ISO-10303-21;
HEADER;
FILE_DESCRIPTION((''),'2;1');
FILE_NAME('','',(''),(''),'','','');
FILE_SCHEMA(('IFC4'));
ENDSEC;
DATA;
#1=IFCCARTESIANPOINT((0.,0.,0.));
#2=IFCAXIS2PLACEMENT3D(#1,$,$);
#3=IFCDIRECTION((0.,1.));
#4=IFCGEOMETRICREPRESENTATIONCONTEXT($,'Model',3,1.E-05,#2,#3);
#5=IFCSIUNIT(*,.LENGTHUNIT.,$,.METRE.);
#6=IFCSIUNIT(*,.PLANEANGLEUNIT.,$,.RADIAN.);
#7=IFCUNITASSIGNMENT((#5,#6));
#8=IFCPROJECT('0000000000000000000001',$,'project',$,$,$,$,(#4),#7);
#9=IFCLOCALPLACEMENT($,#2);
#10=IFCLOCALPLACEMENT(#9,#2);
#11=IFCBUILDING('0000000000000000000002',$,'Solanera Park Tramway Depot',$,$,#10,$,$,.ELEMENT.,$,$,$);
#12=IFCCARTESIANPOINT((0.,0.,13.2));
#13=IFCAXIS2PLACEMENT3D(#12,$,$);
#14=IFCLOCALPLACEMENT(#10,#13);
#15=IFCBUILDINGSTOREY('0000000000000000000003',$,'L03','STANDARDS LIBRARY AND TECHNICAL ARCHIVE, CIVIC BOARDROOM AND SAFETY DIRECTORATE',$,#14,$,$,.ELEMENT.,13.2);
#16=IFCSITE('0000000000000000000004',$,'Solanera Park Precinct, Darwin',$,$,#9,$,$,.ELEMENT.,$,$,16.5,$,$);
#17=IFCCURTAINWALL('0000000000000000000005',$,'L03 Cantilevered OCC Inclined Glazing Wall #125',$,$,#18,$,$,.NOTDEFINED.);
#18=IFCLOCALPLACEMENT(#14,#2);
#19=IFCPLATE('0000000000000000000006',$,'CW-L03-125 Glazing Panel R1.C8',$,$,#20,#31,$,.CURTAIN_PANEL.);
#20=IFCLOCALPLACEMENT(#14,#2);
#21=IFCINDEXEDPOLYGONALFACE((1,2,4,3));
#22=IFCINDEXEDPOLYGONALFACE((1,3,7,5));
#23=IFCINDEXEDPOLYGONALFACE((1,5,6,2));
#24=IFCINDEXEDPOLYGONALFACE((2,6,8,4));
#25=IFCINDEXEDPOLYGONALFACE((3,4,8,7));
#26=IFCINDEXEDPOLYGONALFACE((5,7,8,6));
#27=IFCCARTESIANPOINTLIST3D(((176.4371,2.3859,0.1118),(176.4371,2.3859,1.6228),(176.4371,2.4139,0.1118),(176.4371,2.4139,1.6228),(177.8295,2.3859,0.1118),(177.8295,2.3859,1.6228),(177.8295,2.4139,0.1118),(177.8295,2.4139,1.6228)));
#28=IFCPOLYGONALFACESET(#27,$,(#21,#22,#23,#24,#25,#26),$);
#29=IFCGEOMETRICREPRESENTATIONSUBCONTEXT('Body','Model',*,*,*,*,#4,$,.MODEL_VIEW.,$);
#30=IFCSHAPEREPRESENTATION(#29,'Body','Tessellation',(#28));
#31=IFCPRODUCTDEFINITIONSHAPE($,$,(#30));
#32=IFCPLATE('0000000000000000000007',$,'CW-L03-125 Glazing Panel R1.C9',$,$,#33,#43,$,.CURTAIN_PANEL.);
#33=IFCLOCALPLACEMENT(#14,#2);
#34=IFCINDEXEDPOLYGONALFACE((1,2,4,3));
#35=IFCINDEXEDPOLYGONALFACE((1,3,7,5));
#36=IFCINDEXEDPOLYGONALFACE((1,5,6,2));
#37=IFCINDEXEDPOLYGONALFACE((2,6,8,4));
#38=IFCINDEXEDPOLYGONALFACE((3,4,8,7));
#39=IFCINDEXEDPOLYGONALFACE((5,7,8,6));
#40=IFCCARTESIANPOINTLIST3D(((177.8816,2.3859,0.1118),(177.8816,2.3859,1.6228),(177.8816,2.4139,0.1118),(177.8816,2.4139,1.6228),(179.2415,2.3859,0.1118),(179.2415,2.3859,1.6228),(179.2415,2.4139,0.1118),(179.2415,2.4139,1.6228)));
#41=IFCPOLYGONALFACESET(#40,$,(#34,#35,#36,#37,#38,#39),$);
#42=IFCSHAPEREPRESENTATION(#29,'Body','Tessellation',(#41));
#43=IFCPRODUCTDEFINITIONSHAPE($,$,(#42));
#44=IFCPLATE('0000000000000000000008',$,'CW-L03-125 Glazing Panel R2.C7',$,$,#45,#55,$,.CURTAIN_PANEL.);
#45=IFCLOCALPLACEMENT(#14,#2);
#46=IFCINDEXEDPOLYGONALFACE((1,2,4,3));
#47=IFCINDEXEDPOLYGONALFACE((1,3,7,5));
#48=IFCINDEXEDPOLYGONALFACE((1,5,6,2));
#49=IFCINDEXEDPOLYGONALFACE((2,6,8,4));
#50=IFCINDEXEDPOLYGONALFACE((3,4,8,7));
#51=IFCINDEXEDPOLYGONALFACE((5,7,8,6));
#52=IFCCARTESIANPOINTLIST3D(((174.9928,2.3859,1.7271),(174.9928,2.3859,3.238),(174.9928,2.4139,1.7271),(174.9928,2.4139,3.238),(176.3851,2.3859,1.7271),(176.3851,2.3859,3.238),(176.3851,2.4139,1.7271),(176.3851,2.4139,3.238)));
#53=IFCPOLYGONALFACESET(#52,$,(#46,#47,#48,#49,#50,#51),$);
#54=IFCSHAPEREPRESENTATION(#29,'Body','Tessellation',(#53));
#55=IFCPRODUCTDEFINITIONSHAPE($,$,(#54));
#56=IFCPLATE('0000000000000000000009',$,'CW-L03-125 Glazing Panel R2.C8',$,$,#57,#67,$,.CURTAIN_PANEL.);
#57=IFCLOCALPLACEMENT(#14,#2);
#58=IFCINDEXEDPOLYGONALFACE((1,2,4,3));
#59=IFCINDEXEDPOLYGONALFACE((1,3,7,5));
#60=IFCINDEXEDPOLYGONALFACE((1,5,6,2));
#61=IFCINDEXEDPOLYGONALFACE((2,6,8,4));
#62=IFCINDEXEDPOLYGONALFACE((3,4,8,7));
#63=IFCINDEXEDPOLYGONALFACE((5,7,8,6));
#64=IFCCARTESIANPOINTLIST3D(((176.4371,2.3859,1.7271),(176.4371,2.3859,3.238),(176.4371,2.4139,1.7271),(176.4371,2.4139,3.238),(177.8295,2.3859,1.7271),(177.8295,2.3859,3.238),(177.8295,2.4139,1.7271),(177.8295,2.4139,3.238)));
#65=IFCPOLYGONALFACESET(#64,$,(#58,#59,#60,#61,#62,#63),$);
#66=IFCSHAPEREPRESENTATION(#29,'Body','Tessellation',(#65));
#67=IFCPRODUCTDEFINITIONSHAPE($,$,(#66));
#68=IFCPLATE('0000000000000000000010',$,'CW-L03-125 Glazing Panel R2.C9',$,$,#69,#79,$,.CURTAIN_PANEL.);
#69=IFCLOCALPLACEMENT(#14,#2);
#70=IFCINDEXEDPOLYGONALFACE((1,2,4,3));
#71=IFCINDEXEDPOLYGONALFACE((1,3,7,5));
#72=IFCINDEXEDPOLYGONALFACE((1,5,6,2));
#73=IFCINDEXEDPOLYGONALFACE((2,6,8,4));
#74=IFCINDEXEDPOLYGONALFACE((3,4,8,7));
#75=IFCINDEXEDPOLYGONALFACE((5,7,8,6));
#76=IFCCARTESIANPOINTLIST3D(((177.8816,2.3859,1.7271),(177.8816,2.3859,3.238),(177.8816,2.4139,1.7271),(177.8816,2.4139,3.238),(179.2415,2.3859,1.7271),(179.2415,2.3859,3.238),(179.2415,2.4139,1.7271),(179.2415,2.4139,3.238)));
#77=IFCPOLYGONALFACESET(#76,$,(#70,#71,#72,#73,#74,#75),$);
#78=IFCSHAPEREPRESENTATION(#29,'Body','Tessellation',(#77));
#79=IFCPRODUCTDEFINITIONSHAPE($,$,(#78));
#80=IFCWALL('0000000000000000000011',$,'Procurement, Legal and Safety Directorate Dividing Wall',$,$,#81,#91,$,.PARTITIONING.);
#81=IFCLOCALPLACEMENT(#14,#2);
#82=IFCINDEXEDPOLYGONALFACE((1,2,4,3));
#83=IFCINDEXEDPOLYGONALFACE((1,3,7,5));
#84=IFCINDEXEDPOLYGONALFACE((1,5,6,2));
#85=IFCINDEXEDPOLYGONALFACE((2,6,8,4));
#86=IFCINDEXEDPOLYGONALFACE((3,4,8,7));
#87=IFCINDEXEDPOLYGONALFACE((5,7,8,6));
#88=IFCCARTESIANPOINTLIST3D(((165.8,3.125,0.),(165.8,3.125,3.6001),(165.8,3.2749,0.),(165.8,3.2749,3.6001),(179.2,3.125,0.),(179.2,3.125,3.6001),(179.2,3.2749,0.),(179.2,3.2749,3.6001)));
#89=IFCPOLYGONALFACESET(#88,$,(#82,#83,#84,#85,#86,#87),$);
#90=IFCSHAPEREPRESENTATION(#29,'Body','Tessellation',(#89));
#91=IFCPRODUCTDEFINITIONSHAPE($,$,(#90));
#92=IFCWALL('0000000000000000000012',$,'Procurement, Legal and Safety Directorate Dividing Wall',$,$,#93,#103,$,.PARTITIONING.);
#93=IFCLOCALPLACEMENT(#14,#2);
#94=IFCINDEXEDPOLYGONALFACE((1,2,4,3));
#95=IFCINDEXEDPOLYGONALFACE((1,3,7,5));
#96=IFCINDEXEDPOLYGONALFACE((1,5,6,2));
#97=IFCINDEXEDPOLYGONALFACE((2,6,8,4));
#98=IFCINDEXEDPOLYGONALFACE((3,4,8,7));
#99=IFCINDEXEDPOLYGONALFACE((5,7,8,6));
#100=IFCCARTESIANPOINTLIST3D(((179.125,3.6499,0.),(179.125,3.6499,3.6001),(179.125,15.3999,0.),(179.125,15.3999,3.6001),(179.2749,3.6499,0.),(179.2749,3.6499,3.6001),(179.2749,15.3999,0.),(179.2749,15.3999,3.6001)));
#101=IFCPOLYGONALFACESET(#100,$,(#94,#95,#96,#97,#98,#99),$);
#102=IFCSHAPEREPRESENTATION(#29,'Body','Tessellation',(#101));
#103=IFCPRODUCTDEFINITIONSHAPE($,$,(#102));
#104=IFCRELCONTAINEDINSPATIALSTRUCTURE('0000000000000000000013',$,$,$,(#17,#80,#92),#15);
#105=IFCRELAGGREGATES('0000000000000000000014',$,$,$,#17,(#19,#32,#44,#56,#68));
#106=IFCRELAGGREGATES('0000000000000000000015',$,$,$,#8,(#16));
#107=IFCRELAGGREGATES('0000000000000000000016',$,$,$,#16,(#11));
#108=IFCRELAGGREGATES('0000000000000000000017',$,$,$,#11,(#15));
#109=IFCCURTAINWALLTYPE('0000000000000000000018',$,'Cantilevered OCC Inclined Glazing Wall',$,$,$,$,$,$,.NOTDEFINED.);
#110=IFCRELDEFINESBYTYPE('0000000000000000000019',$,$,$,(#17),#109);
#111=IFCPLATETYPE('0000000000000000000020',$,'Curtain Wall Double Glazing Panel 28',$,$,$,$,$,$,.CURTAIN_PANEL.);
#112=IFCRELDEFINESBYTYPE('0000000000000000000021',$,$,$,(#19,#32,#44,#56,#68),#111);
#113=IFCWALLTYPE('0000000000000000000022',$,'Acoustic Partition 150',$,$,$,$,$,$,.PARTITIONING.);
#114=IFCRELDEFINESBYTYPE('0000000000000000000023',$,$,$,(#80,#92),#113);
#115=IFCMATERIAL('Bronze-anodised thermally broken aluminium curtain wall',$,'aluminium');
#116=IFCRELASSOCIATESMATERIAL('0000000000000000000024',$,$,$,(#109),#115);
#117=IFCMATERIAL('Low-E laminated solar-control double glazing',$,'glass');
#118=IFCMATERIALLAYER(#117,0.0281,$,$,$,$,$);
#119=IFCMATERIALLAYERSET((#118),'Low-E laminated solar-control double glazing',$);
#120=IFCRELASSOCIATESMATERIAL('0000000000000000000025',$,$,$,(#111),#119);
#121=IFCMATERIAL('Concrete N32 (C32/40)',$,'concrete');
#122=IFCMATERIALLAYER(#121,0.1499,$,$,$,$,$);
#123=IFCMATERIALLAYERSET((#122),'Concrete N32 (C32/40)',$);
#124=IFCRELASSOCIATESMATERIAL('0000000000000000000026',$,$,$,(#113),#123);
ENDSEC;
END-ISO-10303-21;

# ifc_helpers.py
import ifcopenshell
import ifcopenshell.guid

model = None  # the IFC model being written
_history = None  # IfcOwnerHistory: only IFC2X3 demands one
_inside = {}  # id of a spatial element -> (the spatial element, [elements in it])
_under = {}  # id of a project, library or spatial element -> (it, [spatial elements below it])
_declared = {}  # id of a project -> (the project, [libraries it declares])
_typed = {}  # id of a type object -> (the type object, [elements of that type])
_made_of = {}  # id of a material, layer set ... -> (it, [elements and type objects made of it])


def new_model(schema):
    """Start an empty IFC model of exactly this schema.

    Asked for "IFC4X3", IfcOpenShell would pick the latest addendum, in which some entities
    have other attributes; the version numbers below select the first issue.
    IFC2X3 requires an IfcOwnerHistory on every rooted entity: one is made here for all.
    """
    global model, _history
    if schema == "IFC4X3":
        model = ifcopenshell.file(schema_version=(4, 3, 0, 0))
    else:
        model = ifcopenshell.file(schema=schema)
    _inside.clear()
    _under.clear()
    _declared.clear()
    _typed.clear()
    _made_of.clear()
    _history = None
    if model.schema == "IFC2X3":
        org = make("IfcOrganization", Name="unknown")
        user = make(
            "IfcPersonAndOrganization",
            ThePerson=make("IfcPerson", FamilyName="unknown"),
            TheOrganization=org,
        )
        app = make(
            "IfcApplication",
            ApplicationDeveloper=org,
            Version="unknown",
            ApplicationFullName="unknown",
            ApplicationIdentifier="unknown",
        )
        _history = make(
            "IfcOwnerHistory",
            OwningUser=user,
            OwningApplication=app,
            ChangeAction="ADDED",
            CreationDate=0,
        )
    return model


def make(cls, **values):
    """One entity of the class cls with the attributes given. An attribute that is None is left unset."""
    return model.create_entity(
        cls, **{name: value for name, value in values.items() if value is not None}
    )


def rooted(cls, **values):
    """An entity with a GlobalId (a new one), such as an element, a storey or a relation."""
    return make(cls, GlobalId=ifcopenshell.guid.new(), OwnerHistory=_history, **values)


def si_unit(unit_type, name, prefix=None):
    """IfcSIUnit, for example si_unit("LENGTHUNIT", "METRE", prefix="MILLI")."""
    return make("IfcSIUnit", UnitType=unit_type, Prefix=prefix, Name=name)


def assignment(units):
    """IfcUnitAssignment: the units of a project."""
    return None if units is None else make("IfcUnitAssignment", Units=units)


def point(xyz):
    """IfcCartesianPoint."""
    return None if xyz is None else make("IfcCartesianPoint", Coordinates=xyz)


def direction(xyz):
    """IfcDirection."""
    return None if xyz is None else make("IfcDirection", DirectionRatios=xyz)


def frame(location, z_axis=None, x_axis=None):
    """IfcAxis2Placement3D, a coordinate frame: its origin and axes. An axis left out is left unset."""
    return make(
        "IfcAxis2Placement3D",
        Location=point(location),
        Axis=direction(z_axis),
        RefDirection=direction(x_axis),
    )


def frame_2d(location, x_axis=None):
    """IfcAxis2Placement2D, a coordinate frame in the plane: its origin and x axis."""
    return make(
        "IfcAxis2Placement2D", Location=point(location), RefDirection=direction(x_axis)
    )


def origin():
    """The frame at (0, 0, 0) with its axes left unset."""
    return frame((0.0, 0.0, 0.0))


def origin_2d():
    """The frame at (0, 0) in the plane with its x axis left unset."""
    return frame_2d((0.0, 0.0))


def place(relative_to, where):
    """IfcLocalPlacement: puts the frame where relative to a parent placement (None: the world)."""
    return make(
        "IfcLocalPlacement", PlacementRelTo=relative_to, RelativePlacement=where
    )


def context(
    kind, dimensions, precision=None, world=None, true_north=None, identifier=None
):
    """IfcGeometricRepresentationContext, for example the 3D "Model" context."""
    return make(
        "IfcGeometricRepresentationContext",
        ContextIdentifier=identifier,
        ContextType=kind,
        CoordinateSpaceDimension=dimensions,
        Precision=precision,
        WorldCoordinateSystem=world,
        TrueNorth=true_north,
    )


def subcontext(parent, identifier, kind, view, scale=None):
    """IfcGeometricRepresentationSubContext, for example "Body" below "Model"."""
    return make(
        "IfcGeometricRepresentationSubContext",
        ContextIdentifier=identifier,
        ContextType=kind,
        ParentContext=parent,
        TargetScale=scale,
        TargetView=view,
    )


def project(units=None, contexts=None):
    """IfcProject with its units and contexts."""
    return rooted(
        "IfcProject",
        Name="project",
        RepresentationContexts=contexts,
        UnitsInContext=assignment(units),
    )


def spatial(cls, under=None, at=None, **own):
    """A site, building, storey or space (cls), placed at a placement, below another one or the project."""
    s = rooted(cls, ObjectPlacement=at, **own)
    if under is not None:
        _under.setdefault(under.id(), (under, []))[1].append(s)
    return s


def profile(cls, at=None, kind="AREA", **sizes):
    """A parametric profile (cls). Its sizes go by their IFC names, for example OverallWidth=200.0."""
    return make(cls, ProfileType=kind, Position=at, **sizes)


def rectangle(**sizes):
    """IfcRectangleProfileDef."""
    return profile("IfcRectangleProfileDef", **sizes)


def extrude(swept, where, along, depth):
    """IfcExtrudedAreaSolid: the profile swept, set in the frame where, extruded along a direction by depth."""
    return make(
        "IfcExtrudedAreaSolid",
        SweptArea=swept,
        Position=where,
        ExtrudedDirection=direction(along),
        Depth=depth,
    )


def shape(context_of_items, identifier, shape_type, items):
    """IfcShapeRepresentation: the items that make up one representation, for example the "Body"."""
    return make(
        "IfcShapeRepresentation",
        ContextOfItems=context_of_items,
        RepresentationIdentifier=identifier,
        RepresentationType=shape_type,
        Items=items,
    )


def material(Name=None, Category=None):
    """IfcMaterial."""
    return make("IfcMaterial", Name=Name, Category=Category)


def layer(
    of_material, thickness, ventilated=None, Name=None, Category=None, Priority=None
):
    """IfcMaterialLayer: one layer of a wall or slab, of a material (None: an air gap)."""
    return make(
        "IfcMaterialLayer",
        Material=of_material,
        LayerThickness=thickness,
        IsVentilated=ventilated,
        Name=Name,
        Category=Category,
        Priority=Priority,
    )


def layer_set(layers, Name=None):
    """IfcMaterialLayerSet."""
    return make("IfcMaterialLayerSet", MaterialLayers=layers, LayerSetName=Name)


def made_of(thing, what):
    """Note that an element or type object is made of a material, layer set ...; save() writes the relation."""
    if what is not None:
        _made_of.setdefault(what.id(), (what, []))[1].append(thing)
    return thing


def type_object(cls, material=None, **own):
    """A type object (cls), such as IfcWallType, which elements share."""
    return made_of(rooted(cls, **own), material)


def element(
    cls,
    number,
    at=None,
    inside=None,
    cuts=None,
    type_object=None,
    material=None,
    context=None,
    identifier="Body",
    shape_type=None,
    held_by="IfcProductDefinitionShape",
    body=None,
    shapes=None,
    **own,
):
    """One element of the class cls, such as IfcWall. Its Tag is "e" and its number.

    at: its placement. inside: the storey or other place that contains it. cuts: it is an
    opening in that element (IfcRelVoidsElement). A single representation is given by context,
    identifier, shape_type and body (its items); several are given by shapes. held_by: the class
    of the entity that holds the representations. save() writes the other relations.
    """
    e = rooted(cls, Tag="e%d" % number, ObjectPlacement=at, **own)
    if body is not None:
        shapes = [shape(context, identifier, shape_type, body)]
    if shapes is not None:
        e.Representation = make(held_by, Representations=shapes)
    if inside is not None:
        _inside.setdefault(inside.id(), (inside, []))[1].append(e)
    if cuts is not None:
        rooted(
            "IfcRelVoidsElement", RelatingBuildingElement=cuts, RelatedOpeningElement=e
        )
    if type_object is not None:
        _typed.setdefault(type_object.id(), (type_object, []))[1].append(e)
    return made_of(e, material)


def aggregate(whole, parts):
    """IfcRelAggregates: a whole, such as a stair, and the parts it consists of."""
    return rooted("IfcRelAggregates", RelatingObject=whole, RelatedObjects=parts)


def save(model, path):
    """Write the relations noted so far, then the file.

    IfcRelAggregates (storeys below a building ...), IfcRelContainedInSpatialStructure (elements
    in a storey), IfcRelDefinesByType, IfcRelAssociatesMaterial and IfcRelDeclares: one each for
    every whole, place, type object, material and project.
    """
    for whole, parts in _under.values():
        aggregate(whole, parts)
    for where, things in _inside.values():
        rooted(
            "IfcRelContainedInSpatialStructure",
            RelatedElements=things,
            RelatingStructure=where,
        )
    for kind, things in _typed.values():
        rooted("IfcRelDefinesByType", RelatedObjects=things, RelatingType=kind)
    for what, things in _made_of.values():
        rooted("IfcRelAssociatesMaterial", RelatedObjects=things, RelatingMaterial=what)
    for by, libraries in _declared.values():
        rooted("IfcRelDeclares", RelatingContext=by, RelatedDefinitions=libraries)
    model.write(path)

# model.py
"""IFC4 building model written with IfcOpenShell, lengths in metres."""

from ifc_helpers import new_model, si_unit, direction, frame, frame_2d, origin, origin_2d, place, context, subcontext, project, spatial, rectangle, extrude, material, layer, layer_set, type_object, element, aggregate, save


model = new_model("IFC4")

# Units and contexts
model_context = context("Model", 3, precision=1e-05, world=origin(), true_north=direction((0.0, 1.0)))
body_context = subcontext(model_context, "Body", "Model", "MODEL_VIEW")
ifc_project = project(units=[si_unit("LENGTHUNIT", "METRE"), si_unit("PLANEANGLEUNIT", "RADIAN")], contexts=[model_context])

# Site, building, storey
site_placement = place(None, origin())
site = spatial("IfcSite", under=ifc_project, at=site_placement, Name="Solanera Park Precinct, Darwin", CompositionType="ELEMENT", RefElevation=16.5)
building_placement = place(site_placement, origin())
building = spatial("IfcBuilding", under=site, at=building_placement, Name="Solanera Park Tramway Depot", CompositionType="ELEMENT")
storey_placement = place(building_placement, frame((0.0, 0.0, 13.2)))
storey = spatial("IfcBuildingStorey", under=building, at=storey_placement, Name="L03", Description="STANDARDS LIBRARY AND TECHNICAL ARCHIVE, CIVIC BOARDROOM AND SAFETY DIRECTORATE", CompositionType="ELEMENT", Elevation=13.2)

# Curtain wall
ifc_material_1 = material(Name="Bronze-anodised thermally broken aluminium curtain wall", Category="aluminium")
curtain_wall_type = type_object("IfcCurtainWallType", Name="Cantilevered OCC Inclined Glazing Wall", PredefinedType="NOTDEFINED", material=ifc_material_1)
curtain_wall_placement = place(storey_placement, origin())
curtain_wall = element("IfcCurtainWall", 1, at=curtain_wall_placement, inside=storey, type_object=curtain_wall_type, Name="L03 Cantilevered OCC Inclined Glazing Wall #125", PredefinedType="NOTDEFINED")

# Plates
ifc_material_2 = material(Name="Low-E laminated solar-control double glazing", Category="glass")
ifc_layer_1 = layer(ifc_material_2, 0.0281)
ifc_layer_set_1 = layer_set([ifc_layer_1], Name="Low-E laminated solar-control double glazing")
plate_type = type_object("IfcPlateType", Name="Curtain Wall Double Glazing Panel 28", PredefinedType="CURTAIN_PANEL", material=ifc_layer_set_1)
plate_1_placement = place(storey_placement, frame((177.1333, 2.3999, 0.1118), z_axis=(0.0, 0.0, 1.0), x_axis=(1.0, 0.0, 0.0)))
plate_1 = element("IfcPlate", 2, at=plate_1_placement, type_object=plate_type, Name="CW-L03-125 Glazing Panel R1.C8", PredefinedType="CURTAIN_PANEL", context=body_context, shape_type="SweptSolid", body=[
    extrude(rectangle(XDim=1.3923, YDim=0.0281, at=origin_2d()), origin(), (0.0, 0.0, 1.0), 1.511),
])
plate_2_placement = place(storey_placement, frame((178.5615, 2.3999, 0.1118), z_axis=(0.0, 0.0, 1.0), x_axis=(1.0, 0.0, 0.0)))
plate_2 = element("IfcPlate", 3, at=plate_2_placement, type_object=plate_type, Name="CW-L03-125 Glazing Panel R1.C9", PredefinedType="CURTAIN_PANEL", context=body_context, shape_type="SweptSolid", body=[
    extrude(rectangle(XDim=1.3599, YDim=0.0281, at=origin_2d()), origin(), (0.0, 0.0, 1.0), 1.511),
])
plate_3_placement = place(storey_placement, frame((175.689, 2.3999, 1.7271), z_axis=(0.0, 0.0, 1.0), x_axis=(1.0, 0.0, 0.0)))
plate_3 = element("IfcPlate", 4, at=plate_3_placement, type_object=plate_type, Name="CW-L03-125 Glazing Panel R2.C7", PredefinedType="CURTAIN_PANEL", context=body_context, shape_type="SweptSolid", body=[
    extrude(rectangle(XDim=1.3923, YDim=0.0281, at=origin_2d()), origin(), (0.0, 0.0, 1.0), 1.511),
])
plate_4_placement = place(storey_placement, frame((177.1333, 2.3999, 1.7271), z_axis=(0.0, 0.0, 1.0), x_axis=(1.0, 0.0, 0.0)))
plate_4 = element("IfcPlate", 5, at=plate_4_placement, type_object=plate_type, Name="CW-L03-125 Glazing Panel R2.C8", PredefinedType="CURTAIN_PANEL", context=body_context, shape_type="SweptSolid", body=[
    extrude(rectangle(XDim=1.3923, YDim=0.0281, at=origin_2d()), origin(), (0.0, 0.0, 1.0), 1.511),
])
plate_5_placement = place(storey_placement, frame((178.5615, 2.3999, 1.7271), z_axis=(0.0, 0.0, 1.0), x_axis=(1.0, 0.0, 0.0)))
plate_5 = element("IfcPlate", 6, at=plate_5_placement, type_object=plate_type, Name="CW-L03-125 Glazing Panel R2.C9", PredefinedType="CURTAIN_PANEL", context=body_context, shape_type="SweptSolid", body=[
    extrude(rectangle(XDim=1.3599, YDim=0.0281, at=origin_2d()), origin(), (0.0, 0.0, 1.0), 1.511),
])
aggregate(curtain_wall, [plate_1, plate_2, plate_3, plate_4, plate_5])

# Walls
ifc_material_3 = material(Name="Concrete N32 (C32/40)", Category="concrete")
ifc_layer_2 = layer(ifc_material_3, 0.1499)
ifc_layer_set_2 = layer_set([ifc_layer_2], Name="Concrete N32 (C32/40)")
wall_type = type_object("IfcWallType", Name="Acoustic Partition 150", PredefinedType="PARTITIONING", material=ifc_layer_set_2)
wall_1_placement = place(storey_placement, frame((179.2, 3.2, 0.0), z_axis=(0.0, 0.0, 1.0), x_axis=(-1.0, 0.0, 0.0)))
element("IfcWall", 7, at=wall_1_placement, inside=storey, type_object=wall_type, Name="Procurement, Legal and Safety Directorate Dividing Wall", PredefinedType="PARTITIONING", context=body_context, shape_type="SweptSolid", body=[
    extrude(rectangle(XDim=13.3999, YDim=0.1499, at=frame_2d((6.7, 0.0))), origin(), (0.0, 0.0, 1.0), 3.6001),
])
wall_2_placement = place(storey_placement, frame((179.2, 3.6499, 0.0), z_axis=(0.0, 0.0, 1.0), x_axis=(0.0, 1.0, 0.0)))
element("IfcWall", 8, at=wall_2_placement, inside=storey, type_object=wall_type, Name="Procurement, Legal and Safety Directorate Dividing Wall", PredefinedType="PARTITIONING", context=body_context, shape_type="SweptSolid", body=[
    extrude(rectangle(XDim=11.75, YDim=0.1499, at=frame_2d((5.875, 0.0))), origin(), (0.0, 0.0, 1.0), 3.6001),
])

save(model, "model.ifc")
